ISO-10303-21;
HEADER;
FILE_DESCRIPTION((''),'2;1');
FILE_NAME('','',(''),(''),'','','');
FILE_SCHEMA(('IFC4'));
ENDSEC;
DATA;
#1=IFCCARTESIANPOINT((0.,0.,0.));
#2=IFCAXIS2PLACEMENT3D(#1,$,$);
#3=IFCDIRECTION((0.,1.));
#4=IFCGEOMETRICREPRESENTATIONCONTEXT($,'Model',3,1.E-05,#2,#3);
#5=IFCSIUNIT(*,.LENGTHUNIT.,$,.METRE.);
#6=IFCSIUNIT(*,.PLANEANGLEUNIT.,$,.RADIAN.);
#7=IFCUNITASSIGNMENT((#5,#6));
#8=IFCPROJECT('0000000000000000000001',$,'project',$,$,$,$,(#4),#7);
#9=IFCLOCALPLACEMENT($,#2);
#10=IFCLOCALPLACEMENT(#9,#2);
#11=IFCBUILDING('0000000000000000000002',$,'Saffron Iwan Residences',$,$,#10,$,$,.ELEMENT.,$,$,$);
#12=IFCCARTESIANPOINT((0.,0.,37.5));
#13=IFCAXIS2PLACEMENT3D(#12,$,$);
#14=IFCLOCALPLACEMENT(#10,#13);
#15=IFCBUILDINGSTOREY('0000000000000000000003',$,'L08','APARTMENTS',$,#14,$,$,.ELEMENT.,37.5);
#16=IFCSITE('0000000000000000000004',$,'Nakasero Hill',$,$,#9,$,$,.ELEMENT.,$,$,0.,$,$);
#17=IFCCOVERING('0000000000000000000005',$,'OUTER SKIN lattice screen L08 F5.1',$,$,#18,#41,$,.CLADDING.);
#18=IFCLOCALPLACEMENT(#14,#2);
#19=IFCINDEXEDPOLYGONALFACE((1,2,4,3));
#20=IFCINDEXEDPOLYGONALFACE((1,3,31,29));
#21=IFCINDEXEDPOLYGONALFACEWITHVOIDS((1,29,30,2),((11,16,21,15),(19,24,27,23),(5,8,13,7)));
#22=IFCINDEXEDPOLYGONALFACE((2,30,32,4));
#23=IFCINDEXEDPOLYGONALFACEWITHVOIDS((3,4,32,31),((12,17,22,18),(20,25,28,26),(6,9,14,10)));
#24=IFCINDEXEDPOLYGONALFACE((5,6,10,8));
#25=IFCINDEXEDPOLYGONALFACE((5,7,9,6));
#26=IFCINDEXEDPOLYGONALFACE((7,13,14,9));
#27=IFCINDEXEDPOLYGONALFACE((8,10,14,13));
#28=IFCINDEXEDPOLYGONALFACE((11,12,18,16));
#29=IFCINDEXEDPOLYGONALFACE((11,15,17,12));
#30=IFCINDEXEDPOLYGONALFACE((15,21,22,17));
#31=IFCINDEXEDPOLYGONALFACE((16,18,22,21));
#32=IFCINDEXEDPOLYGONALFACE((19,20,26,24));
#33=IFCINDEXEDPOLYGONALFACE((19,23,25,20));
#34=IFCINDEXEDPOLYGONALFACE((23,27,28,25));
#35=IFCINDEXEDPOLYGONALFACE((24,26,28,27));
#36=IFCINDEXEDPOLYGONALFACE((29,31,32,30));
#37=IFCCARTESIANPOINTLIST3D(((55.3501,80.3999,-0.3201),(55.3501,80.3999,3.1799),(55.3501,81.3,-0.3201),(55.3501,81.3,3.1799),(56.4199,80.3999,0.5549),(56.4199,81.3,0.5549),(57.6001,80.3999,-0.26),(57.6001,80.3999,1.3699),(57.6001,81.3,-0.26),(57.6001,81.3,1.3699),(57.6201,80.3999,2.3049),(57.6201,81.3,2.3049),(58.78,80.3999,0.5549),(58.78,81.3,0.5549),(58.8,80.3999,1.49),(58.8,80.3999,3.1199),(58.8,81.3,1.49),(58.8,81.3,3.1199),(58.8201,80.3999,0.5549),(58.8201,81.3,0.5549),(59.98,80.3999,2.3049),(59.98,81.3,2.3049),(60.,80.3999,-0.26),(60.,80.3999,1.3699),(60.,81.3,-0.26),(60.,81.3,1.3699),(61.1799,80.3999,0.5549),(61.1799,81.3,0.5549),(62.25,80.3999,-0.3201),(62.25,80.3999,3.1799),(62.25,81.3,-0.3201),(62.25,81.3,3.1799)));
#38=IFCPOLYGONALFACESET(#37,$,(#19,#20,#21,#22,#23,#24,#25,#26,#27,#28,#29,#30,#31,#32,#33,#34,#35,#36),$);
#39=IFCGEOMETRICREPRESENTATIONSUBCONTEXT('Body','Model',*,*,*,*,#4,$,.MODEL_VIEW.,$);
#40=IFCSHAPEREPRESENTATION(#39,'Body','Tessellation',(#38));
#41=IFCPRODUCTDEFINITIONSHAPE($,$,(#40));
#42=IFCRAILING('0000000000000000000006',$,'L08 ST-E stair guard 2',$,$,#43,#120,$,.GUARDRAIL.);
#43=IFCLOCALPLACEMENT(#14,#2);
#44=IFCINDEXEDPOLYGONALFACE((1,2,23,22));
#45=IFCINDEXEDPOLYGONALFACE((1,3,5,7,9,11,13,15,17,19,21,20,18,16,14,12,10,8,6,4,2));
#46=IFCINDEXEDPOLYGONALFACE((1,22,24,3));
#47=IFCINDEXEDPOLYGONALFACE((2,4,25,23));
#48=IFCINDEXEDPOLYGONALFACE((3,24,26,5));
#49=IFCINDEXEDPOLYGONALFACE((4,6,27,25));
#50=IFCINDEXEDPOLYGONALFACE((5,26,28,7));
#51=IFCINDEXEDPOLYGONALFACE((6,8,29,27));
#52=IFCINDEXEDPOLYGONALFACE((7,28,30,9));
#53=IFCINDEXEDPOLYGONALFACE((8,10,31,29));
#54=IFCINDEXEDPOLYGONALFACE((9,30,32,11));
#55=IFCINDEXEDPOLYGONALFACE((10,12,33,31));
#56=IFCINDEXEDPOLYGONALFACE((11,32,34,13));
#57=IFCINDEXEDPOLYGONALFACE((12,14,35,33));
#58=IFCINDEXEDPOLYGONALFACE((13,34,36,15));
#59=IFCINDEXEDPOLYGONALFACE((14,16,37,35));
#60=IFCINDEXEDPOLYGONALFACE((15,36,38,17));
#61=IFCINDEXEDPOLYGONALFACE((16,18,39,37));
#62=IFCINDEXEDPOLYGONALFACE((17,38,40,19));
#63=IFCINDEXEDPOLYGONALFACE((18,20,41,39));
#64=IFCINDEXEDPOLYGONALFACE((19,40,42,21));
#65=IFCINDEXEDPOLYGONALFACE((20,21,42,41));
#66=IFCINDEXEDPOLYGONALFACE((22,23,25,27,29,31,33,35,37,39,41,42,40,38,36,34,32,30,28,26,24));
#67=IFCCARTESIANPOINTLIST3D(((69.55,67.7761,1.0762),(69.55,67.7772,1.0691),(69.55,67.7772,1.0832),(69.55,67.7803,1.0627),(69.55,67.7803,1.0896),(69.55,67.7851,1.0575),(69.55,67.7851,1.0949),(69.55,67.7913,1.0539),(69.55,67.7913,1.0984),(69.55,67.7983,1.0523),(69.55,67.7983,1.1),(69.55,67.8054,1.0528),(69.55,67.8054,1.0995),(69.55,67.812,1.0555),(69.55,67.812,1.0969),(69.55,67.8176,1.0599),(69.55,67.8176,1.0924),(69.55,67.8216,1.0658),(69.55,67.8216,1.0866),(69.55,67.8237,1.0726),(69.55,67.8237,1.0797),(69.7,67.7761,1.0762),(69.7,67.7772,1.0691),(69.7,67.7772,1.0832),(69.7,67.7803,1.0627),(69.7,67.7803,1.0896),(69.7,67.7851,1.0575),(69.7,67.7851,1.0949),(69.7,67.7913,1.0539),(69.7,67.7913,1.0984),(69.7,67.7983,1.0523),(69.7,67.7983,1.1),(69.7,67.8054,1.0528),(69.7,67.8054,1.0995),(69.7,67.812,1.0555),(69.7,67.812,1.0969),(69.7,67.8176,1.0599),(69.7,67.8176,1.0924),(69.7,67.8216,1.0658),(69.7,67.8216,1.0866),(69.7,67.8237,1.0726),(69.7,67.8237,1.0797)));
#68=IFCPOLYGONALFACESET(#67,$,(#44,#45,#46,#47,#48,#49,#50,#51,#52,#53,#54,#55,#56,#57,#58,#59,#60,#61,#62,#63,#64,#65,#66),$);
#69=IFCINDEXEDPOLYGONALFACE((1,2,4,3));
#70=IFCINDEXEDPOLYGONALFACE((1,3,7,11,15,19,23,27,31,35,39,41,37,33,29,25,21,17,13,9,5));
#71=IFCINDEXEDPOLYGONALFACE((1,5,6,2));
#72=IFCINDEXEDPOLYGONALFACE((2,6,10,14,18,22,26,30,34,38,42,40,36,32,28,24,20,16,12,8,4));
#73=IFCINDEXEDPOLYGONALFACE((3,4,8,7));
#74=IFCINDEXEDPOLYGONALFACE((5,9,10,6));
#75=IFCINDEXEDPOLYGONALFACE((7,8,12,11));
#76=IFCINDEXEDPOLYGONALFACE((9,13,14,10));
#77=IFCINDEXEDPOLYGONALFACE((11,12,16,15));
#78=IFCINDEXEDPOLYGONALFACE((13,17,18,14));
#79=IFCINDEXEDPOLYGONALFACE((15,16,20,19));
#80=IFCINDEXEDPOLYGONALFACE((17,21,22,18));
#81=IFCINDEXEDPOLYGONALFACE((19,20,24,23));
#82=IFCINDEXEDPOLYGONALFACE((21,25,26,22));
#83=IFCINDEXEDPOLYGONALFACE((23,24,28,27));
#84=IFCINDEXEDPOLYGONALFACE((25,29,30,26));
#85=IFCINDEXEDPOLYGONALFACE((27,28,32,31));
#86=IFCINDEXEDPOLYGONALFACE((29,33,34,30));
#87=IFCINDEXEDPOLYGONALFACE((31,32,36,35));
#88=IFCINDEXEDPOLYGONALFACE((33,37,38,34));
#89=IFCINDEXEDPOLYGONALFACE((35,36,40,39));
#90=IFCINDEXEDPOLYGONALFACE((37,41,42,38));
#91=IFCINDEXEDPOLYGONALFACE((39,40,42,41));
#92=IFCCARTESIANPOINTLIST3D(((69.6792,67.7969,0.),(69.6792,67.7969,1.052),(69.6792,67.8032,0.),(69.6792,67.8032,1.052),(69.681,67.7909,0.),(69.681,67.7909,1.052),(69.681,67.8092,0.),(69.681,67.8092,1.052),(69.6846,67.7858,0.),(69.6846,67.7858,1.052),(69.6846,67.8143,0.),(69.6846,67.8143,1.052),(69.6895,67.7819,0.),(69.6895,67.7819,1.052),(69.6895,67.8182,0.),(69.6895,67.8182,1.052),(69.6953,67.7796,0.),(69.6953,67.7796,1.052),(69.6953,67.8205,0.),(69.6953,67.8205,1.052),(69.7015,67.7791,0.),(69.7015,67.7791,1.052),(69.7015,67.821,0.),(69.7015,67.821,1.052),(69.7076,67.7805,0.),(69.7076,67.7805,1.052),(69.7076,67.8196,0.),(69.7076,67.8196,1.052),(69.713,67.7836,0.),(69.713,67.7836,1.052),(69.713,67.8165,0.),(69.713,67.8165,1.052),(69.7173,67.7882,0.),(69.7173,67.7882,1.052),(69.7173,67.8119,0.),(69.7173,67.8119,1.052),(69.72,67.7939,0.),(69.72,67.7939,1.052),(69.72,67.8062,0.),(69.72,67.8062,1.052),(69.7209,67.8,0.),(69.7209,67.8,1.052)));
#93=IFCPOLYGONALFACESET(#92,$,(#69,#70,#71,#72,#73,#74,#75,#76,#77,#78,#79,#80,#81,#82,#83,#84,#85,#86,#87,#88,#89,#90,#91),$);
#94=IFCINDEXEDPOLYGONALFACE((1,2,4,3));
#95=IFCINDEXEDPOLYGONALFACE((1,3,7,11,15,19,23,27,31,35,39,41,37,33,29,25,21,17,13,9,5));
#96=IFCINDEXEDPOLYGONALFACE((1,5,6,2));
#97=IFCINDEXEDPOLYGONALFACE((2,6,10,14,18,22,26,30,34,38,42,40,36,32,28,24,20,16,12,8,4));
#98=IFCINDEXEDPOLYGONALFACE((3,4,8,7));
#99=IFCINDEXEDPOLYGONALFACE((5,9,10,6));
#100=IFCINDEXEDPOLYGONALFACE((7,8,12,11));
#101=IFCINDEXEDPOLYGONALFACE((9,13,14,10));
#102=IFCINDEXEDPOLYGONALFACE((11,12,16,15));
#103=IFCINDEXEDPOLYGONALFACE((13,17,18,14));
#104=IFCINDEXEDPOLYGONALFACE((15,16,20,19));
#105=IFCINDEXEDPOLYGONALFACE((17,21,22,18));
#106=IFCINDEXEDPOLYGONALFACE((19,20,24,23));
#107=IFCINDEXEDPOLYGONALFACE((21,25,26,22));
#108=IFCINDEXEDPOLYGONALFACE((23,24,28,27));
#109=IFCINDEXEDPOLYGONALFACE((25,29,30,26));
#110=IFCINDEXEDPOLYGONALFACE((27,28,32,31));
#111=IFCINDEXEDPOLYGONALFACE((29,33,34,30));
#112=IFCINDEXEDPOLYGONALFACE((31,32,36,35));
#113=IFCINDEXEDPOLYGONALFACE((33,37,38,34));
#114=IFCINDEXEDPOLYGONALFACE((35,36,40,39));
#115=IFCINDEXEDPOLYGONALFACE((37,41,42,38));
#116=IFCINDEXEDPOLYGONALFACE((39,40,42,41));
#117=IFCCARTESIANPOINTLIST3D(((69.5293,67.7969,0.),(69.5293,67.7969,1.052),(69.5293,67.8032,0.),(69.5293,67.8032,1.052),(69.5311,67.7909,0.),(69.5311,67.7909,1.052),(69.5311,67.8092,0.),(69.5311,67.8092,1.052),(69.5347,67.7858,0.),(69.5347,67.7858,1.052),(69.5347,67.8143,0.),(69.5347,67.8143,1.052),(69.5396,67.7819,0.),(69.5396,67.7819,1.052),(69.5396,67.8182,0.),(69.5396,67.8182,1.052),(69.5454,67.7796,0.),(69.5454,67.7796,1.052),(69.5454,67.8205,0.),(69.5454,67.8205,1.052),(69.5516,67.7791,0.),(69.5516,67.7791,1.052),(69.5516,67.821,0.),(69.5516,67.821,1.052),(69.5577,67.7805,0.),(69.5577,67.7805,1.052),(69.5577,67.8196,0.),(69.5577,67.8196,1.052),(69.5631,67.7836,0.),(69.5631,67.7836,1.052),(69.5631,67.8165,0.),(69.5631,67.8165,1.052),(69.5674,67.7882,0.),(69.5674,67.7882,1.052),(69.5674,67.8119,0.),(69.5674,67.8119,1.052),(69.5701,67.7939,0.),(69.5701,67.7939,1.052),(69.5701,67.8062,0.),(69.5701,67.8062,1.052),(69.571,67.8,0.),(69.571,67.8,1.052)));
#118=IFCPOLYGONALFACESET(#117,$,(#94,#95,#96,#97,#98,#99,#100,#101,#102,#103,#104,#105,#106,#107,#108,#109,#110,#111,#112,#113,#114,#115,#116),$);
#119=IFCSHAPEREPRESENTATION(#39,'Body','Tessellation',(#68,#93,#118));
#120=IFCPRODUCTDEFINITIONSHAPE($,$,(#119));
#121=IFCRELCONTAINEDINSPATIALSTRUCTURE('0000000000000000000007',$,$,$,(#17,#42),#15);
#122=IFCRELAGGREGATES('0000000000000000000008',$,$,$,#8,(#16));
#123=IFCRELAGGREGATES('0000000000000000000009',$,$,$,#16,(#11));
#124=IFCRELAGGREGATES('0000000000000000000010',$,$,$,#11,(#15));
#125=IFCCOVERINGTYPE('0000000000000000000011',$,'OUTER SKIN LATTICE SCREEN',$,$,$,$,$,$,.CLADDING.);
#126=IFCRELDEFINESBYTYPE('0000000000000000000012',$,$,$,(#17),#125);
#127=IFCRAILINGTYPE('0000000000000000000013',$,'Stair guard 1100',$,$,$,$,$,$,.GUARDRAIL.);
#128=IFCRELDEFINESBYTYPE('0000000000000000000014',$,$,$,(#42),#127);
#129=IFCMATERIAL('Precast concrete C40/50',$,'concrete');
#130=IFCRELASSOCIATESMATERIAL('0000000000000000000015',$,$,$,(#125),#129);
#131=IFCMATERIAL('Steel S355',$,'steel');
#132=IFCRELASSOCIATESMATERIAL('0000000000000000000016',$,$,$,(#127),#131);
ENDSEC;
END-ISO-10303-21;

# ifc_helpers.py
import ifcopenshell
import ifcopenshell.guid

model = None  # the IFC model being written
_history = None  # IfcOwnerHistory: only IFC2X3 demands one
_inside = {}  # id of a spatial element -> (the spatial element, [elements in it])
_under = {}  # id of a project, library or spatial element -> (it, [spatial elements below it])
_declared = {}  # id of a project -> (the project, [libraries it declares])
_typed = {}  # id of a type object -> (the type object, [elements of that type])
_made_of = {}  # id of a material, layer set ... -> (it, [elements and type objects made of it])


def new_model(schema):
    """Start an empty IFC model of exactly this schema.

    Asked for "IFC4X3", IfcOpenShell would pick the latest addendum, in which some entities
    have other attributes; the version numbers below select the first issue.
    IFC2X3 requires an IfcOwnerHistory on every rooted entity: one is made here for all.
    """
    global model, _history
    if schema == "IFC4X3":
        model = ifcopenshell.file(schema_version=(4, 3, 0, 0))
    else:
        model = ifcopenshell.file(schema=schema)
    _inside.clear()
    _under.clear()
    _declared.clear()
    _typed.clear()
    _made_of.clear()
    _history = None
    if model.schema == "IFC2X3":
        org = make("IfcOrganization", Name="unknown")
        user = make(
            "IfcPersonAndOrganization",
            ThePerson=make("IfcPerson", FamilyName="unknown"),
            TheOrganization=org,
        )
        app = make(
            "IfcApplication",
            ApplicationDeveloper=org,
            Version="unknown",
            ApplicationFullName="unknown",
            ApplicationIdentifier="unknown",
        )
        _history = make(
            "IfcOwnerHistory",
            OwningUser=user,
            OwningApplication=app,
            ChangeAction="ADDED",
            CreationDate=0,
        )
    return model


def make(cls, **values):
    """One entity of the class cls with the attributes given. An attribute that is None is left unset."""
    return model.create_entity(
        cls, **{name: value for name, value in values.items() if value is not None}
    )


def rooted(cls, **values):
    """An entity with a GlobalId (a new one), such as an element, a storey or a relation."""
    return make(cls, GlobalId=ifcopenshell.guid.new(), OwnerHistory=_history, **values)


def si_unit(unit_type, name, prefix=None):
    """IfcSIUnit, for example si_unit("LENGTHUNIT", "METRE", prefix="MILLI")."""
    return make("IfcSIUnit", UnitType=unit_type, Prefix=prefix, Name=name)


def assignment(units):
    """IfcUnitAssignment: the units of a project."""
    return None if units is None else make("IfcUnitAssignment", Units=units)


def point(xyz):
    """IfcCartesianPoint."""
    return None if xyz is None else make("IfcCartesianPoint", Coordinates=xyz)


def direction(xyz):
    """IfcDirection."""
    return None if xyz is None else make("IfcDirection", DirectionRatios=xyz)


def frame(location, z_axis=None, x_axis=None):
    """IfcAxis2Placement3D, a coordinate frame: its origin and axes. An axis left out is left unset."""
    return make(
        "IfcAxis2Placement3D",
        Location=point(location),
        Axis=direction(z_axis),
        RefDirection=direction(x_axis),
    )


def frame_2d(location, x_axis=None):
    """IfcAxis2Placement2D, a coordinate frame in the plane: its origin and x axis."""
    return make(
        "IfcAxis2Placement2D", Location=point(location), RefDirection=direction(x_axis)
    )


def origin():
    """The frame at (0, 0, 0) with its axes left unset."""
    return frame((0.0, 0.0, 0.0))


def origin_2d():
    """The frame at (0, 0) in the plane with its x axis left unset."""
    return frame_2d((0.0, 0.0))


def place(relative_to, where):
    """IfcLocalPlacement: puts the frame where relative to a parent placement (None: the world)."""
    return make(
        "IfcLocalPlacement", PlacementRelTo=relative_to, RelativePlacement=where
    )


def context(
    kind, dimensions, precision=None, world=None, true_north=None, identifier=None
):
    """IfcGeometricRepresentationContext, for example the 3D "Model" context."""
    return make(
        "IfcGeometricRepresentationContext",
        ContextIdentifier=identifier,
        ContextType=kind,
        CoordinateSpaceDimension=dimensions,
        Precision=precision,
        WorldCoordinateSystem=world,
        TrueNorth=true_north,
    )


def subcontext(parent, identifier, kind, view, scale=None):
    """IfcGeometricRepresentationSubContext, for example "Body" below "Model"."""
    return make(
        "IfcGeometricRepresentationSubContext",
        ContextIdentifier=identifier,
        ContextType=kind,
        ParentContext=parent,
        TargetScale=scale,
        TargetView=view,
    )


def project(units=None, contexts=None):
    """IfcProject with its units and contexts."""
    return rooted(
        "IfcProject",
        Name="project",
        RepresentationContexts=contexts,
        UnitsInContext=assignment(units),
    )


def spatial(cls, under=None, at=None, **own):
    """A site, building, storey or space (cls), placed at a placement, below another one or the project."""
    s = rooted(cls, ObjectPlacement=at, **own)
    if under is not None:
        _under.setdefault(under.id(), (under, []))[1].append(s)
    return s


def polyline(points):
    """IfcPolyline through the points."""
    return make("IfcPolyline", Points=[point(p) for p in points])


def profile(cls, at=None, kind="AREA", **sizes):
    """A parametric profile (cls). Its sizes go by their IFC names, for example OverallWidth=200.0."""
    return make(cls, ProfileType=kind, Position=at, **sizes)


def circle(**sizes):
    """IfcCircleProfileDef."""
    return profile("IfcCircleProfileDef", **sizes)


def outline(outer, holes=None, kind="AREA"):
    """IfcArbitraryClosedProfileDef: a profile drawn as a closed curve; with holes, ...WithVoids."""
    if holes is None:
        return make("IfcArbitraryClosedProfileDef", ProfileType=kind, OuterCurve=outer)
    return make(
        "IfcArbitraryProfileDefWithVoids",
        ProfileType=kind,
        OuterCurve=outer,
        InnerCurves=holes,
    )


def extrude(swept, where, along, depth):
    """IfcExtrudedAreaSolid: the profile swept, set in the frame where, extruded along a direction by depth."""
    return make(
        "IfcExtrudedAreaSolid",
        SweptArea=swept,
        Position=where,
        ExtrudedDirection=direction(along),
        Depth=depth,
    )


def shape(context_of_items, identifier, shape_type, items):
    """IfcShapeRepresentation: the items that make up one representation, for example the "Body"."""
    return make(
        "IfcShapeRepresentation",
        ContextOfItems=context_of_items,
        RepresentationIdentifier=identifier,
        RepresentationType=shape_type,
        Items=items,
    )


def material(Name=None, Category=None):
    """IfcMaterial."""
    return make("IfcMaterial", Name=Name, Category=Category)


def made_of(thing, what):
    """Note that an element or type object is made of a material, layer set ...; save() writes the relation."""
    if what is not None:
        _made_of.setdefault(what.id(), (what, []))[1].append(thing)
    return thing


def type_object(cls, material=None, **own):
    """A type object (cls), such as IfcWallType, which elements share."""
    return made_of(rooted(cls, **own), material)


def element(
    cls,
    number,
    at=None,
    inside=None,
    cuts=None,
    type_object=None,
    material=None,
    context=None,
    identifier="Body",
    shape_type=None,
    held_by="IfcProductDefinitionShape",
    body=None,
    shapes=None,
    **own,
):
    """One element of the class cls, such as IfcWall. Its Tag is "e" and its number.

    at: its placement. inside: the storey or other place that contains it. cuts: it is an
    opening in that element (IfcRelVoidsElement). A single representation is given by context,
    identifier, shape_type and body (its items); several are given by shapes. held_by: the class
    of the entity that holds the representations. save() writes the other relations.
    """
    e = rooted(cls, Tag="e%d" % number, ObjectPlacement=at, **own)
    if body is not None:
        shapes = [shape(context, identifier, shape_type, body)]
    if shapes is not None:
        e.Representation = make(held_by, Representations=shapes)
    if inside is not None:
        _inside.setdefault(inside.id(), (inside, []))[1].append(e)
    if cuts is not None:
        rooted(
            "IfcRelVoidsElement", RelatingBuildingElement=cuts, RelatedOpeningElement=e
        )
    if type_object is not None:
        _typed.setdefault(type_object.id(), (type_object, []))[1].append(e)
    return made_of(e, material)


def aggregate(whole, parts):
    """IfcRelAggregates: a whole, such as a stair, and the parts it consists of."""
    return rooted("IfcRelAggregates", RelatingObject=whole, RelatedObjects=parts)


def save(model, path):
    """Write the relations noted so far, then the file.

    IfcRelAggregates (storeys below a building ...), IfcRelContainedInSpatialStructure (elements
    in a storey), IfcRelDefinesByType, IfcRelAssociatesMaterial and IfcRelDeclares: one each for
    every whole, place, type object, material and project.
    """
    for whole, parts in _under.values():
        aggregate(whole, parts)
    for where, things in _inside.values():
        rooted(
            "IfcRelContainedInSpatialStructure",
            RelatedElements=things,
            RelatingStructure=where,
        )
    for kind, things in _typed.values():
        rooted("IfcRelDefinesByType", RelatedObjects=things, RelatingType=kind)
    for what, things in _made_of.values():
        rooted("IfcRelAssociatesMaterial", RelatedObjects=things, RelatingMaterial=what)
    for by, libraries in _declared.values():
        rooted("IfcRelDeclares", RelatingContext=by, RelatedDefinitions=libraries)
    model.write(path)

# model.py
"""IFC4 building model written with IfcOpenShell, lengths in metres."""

from ifc_helpers import new_model, si_unit, direction, frame, origin, origin_2d, place, context, subcontext, project, spatial, polyline, circle, outline, extrude, material, type_object, element, save


model = new_model("IFC4")

# Units and contexts
model_context = context("Model", 3, precision=1e-05, world=origin(), true_north=direction((0.0, 1.0)))
body_context = subcontext(model_context, "Body", "Model", "MODEL_VIEW")
ifc_project = project(units=[si_unit("LENGTHUNIT", "METRE"), si_unit("PLANEANGLEUNIT", "RADIAN")], contexts=[model_context])

# Site, building, storey
site_placement = place(None, origin())
site = spatial("IfcSite", under=ifc_project, at=site_placement, Name="Nakasero Hill", CompositionType="ELEMENT", RefElevation=0.0)
building_placement = place(site_placement, origin())
building = spatial("IfcBuilding", under=site, at=building_placement, Name="Saffron Iwan Residences", CompositionType="ELEMENT")
storey_placement = place(building_placement, frame((0.0, 0.0, 37.5)))
storey = spatial("IfcBuildingStorey", under=building, at=storey_placement, Name="L08", Description="APARTMENTS", CompositionType="ELEMENT", Elevation=37.5)

# Covering
ifc_material_1 = material(Name="Precast concrete C40/50", Category="concrete")
covering_type_1 = type_object("IfcCoveringType", Name="OUTER SKIN LATTICE SCREEN", PredefinedType="CLADDING", material=ifc_material_1)
covering_placement = place(storey_placement, frame((62.25, 80.3999, -0.3201), z_axis=(0.0, 1.0, 0.0), x_axis=(-1.0, 0.0, 0.0)))
element("IfcCovering", 1, at=covering_placement, inside=storey, type_object=covering_type_1, Name="OUTER SKIN lattice screen L08 F5.1", PredefinedType="CLADDING", context=body_context, shape_type="SweptSolid", body=[
    extrude(outline(polyline([(0.0, 0.0), (6.8999, 0.0), (6.8999, 3.5), (0.0, 3.5), (0.0, 0.0)]), holes=[polyline([(1.0701, 0.875), (2.25, 0.0601), (3.4299, 0.875), (2.25, 1.6899), (1.0701, 0.875)]), polyline([(3.47, 0.875), (4.6499, 0.0601), (5.8301, 0.875), (4.6499, 1.6899), (3.47, 0.875)]), polyline([(2.27, 2.625), (3.45, 1.8101), (4.6299, 2.625), (3.45, 3.4399), (2.27, 2.625)])]), origin(), (0.0, 0.0, 1.0), 0.9001),
])

# Railing
ifc_material_2 = material(Name="Steel S355", Category="steel")
railing_type_1 = type_object("IfcRailingType", Name="Stair guard 1100", PredefinedType="GUARDRAIL", material=ifc_material_2)
railing_1_placement = place(storey_placement, frame((69.7, 67.8, 0.0)))
element("IfcRailing", 2, at=railing_1_placement, inside=storey, type_object=railing_type_1, Name="L08 ST-E stair guard 2", PredefinedType="GUARDRAIL", context=body_context, shape_type="SweptSolid", body=[
    extrude(circle(Radius=0.0239, at=origin_2d()), frame((0.0, 0.0, 1.0762), z_axis=(-1.0, 0.0, 0.0), x_axis=(0.0, -1.0, 0.0)), (0.0, 0.0, 1.0), 0.1499),
    extrude(circle(Radius=0.021, at=origin_2d()), origin(), (0.0, 0.0, 1.0), 1.052),
    extrude(circle(Radius=0.021, at=origin_2d()), frame((-0.1499, 0.0, 0.0)), (0.0, 0.0, 1.0), 1.052),
])

save(model, "model.ifc")
